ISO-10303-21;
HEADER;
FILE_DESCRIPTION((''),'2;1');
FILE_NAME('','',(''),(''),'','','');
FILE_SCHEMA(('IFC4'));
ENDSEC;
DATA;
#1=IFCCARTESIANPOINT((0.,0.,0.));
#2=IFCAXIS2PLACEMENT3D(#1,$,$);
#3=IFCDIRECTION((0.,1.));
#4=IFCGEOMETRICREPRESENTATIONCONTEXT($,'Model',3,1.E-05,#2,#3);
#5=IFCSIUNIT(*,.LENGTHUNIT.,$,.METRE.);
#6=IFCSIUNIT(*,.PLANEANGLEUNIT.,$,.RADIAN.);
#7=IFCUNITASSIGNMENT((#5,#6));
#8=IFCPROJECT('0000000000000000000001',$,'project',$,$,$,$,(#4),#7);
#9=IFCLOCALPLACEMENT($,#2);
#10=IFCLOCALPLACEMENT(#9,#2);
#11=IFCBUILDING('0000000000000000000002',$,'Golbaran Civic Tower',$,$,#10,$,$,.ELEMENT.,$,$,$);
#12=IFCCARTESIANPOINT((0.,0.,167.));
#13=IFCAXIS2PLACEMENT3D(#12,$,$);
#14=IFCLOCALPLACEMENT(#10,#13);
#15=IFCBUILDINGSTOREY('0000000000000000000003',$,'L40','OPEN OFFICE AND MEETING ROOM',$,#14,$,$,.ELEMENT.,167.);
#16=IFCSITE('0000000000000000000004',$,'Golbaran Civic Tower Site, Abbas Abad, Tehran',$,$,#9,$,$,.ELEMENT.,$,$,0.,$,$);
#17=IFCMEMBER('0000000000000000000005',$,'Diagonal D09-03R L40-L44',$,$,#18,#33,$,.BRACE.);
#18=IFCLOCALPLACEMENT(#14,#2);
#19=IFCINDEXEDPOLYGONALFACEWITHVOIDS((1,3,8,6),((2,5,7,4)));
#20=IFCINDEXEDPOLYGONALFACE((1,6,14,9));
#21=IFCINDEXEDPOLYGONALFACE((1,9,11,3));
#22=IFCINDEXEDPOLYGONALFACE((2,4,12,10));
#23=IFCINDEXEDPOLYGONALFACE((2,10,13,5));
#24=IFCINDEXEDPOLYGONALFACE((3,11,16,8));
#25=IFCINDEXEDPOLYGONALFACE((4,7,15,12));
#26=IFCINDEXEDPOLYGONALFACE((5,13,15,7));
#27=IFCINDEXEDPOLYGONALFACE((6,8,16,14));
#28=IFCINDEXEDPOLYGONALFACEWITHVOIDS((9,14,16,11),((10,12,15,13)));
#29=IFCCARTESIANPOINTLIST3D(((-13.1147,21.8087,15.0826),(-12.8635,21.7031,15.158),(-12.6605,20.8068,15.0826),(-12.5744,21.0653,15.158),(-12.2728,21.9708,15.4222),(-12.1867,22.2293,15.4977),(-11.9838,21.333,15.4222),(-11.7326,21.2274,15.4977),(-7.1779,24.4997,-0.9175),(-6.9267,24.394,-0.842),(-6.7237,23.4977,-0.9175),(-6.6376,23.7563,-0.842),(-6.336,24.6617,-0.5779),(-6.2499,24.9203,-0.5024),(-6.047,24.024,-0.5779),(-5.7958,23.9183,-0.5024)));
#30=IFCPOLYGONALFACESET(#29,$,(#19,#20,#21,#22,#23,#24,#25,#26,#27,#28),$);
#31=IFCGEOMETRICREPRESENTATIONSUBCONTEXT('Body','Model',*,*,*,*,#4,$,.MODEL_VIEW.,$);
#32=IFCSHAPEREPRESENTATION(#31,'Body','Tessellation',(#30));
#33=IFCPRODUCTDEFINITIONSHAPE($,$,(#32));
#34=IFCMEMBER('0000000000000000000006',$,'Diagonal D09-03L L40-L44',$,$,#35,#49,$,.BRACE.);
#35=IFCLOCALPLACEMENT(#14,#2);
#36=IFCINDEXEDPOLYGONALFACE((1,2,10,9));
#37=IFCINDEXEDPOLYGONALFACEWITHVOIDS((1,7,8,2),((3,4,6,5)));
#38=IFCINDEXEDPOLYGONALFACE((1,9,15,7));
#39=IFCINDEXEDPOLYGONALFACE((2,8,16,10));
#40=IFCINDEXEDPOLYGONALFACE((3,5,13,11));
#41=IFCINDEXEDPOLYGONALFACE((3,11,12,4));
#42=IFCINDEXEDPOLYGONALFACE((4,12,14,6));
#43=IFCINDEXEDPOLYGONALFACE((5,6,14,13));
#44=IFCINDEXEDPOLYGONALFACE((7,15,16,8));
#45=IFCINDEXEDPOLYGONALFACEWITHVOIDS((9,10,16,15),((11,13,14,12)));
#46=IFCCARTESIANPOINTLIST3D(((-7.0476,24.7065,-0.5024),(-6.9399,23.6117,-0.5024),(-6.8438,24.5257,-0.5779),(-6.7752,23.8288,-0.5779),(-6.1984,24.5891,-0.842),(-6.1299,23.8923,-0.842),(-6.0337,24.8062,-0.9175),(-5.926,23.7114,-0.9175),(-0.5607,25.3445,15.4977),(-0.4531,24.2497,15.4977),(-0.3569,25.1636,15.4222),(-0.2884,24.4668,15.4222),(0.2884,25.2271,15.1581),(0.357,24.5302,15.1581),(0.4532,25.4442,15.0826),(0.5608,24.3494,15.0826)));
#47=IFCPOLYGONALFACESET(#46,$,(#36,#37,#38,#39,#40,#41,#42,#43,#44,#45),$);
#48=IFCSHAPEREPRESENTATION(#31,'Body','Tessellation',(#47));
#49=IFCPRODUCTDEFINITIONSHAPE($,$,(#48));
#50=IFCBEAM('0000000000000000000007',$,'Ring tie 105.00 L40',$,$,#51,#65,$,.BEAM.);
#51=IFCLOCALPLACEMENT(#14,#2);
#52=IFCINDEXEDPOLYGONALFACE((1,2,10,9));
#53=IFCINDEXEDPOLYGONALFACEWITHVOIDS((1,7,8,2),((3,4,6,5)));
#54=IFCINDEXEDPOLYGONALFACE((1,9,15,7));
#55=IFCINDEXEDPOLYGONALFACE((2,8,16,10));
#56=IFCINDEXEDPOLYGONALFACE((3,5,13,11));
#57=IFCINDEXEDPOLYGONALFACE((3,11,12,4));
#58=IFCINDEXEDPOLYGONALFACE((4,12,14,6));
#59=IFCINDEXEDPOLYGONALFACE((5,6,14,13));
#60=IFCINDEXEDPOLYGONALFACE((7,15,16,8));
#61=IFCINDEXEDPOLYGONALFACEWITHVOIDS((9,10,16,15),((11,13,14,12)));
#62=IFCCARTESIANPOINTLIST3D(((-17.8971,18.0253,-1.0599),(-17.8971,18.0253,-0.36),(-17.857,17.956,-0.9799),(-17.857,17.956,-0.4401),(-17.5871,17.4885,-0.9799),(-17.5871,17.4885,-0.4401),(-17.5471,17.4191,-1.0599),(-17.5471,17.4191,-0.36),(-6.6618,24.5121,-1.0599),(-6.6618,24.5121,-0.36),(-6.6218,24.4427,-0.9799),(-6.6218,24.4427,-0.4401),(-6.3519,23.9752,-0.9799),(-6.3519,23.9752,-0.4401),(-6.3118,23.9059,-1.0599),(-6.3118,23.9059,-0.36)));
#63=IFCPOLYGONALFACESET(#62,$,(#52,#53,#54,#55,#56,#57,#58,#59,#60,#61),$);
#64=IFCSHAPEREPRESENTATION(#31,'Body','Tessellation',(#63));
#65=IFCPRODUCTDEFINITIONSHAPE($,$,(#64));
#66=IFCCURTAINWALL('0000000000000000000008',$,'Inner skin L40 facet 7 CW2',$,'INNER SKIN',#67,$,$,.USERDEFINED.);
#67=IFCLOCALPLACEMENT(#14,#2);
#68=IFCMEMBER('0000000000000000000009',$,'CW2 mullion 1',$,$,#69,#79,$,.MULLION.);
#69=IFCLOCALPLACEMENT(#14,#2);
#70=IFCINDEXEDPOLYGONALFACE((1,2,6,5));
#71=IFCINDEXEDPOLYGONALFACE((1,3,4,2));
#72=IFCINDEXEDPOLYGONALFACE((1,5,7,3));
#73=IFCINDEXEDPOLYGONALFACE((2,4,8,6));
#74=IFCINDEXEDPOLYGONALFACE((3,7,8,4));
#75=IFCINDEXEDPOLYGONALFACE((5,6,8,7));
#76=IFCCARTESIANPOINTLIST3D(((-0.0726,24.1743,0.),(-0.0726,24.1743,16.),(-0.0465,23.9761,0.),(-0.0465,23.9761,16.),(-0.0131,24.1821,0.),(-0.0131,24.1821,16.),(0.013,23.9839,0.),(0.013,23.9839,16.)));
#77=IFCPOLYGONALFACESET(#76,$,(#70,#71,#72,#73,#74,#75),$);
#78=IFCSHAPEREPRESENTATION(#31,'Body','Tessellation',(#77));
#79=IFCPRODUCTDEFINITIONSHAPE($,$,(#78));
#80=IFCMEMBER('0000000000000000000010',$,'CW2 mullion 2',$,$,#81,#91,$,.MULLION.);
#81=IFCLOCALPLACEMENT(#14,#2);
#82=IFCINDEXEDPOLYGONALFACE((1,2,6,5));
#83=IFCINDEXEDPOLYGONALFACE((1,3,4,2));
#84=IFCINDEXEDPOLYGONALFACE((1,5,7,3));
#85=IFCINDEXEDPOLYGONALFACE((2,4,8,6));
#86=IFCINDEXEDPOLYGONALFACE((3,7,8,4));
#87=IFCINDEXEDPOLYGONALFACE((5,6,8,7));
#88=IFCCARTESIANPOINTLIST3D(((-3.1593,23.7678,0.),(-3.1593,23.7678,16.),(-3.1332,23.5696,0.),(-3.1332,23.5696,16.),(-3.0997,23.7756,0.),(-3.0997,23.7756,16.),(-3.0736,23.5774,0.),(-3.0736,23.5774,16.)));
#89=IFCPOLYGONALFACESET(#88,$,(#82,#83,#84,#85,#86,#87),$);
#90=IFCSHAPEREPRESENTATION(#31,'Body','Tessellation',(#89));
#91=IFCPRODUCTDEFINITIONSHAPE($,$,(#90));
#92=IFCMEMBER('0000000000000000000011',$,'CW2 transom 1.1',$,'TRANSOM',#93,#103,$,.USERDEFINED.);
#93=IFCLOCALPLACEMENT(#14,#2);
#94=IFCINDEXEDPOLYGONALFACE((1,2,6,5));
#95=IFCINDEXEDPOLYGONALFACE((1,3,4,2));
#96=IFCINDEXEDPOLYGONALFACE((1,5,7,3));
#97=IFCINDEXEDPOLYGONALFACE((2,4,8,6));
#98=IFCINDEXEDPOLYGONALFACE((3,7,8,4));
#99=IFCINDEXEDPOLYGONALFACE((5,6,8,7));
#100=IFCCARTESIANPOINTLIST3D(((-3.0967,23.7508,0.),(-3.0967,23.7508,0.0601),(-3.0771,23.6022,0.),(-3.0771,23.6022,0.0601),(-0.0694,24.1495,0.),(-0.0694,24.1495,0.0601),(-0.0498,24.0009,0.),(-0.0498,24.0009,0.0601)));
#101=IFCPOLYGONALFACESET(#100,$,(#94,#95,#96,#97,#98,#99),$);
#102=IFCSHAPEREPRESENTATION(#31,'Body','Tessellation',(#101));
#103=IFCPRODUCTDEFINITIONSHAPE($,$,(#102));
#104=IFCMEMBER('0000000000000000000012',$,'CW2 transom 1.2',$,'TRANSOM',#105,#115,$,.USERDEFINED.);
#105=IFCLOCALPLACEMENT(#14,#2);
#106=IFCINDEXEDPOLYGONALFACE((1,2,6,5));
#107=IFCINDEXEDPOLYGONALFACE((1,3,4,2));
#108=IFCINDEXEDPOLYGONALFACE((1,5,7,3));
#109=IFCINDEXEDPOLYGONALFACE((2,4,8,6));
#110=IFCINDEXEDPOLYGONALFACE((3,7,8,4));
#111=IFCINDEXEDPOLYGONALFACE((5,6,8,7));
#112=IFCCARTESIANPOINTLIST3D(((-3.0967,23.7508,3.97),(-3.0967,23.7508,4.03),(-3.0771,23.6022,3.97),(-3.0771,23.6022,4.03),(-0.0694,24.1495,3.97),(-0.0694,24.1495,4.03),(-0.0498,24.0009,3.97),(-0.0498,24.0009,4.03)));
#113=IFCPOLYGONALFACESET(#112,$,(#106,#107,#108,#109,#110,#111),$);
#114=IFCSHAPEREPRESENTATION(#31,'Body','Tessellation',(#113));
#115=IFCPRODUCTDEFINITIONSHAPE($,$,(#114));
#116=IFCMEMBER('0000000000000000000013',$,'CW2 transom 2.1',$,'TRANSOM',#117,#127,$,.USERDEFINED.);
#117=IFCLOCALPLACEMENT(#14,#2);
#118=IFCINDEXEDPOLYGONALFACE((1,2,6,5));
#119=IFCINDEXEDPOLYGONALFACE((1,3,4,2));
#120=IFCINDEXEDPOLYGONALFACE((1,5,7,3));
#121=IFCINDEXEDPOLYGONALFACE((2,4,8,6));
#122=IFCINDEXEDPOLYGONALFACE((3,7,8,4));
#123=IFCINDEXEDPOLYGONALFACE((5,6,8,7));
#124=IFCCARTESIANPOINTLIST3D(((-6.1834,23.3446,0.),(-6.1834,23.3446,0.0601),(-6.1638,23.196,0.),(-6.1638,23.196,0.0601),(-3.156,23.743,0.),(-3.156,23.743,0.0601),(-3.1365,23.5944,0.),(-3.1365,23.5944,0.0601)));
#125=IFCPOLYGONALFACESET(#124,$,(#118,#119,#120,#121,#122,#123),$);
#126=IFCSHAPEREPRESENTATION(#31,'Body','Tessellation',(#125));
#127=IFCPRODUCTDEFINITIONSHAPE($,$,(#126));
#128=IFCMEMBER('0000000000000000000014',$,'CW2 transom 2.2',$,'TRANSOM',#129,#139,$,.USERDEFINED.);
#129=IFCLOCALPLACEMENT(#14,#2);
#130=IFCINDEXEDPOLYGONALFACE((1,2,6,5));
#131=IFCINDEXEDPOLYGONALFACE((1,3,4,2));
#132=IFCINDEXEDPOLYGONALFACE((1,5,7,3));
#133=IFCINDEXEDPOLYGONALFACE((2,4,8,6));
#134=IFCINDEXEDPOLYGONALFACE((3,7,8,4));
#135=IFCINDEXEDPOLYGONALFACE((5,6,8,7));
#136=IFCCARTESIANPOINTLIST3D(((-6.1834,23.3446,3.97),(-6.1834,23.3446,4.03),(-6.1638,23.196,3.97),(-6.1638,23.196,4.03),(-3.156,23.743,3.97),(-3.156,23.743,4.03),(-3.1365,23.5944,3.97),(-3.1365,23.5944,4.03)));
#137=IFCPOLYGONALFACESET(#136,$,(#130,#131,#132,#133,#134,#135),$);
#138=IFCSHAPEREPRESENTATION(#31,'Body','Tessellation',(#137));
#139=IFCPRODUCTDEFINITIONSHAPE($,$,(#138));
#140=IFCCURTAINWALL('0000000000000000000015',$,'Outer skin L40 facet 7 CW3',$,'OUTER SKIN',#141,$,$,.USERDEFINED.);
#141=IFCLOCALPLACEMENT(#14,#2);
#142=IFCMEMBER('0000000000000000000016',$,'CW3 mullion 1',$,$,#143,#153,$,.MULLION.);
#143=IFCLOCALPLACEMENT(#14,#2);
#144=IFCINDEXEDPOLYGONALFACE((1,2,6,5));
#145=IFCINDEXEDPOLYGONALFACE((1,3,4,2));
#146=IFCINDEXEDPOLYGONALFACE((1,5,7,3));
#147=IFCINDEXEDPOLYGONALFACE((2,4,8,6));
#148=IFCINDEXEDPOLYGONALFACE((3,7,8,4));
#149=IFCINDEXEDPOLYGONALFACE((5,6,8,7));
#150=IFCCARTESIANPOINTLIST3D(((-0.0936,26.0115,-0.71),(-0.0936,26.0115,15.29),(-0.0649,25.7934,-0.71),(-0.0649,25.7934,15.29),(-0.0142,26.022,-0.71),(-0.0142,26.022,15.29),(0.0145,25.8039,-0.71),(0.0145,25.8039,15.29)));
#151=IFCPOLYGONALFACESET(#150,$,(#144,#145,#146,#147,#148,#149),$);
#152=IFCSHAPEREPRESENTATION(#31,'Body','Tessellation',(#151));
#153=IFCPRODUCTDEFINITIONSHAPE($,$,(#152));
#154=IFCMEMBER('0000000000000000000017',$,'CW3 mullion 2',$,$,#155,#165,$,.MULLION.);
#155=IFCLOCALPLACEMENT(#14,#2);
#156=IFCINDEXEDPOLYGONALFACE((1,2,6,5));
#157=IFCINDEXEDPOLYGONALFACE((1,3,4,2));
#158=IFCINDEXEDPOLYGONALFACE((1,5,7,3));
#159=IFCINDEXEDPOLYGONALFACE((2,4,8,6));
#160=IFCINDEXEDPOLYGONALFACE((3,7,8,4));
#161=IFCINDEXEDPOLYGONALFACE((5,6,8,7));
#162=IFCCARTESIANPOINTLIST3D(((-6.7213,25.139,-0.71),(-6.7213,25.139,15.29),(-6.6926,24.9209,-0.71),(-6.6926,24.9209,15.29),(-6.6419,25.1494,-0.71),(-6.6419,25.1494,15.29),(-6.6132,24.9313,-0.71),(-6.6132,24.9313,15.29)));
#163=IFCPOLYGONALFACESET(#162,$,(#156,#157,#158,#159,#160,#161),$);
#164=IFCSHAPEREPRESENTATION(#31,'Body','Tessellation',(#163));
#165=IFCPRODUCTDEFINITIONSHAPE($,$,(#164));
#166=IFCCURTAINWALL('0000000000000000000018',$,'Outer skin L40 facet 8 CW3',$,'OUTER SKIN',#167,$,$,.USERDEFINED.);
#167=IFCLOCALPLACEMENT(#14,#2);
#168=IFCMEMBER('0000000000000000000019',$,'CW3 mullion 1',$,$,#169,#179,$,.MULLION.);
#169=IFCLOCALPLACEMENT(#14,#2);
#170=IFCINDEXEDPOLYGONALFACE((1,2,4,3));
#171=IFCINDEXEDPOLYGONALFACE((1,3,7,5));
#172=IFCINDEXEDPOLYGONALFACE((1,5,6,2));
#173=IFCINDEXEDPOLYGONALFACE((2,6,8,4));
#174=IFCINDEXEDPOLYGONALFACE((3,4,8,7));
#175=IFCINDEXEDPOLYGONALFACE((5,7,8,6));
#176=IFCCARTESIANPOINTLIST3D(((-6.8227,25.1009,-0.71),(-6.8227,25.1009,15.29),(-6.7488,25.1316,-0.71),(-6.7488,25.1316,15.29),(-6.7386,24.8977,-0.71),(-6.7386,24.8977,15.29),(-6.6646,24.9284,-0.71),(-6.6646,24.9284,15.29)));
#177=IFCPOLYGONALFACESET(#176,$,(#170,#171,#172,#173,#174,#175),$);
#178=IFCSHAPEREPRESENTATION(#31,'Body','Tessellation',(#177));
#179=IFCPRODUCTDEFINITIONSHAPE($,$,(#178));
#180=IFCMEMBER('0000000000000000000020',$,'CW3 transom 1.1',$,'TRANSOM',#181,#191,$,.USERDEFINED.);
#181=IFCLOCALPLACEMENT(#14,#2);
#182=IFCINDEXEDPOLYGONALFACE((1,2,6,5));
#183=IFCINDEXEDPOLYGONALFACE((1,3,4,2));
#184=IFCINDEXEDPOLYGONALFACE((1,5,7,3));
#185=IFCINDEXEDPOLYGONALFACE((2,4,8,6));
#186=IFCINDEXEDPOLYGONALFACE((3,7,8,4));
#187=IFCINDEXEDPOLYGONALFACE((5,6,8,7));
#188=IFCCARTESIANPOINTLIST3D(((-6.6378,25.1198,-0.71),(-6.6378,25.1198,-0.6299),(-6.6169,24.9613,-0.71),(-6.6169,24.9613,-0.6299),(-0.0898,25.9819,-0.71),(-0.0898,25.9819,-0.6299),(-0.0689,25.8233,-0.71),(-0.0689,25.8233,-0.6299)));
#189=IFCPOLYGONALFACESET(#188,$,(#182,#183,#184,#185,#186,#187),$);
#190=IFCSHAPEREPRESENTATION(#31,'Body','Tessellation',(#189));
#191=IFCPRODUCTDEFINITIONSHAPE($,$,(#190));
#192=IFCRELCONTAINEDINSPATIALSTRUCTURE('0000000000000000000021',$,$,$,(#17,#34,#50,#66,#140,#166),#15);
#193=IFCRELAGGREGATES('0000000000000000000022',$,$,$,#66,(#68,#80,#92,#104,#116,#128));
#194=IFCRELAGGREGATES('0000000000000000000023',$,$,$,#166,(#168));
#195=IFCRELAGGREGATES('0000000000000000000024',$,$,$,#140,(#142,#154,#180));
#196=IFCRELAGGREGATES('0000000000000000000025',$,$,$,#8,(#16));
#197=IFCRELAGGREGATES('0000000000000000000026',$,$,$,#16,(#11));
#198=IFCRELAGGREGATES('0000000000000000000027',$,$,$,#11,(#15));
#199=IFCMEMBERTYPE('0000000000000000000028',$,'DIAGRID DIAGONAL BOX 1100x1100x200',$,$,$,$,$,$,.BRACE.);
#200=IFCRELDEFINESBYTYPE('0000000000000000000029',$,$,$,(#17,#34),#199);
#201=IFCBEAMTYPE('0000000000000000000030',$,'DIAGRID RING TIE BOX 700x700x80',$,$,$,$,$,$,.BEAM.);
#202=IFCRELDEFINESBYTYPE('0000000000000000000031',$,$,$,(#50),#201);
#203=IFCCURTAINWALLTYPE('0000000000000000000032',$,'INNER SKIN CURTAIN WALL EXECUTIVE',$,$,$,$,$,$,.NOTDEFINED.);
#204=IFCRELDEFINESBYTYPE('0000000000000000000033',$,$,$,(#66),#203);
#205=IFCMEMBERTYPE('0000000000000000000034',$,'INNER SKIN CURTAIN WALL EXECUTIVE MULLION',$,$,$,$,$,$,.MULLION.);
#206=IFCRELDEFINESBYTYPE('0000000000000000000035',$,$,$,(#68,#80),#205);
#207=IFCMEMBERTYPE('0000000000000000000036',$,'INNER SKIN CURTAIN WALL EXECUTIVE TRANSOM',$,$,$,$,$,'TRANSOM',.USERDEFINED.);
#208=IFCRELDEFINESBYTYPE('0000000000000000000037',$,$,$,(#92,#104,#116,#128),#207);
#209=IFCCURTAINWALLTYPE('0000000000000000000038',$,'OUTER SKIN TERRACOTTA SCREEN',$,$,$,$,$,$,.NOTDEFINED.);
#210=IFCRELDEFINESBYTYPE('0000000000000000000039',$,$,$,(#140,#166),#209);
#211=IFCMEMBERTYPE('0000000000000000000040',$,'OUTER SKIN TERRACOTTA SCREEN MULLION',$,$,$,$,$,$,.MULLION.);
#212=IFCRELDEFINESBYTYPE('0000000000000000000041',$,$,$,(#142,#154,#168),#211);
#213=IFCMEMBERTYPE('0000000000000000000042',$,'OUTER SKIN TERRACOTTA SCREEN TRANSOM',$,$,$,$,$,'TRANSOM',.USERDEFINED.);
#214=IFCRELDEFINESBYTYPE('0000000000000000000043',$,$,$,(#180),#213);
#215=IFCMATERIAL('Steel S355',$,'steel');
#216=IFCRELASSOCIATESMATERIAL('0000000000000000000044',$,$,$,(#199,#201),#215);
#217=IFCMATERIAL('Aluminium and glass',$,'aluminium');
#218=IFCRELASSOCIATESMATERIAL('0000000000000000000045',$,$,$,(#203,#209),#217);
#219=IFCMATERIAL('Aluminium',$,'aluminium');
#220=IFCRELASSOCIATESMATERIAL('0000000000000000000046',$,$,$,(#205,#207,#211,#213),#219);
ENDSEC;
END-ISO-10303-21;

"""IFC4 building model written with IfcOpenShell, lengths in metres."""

from ifc_helpers import new_model, si_unit, direction, frame, origin, origin_2d, place, context, subcontext, project, spatial, rectangle, hollow_rectangle, extrude, material, material_profile, profile_set, type_object, element, aggregate, save


model = new_model("IFC4")

# Units and contexts
model_context = context("Model", 3, precision=1e-05, world=origin(), true_north=direction((0.0, 1.0)))
body_context = subcontext(model_context, "Body", "Model", "MODEL_VIEW")
ifc_project = project(units=[si_unit("LENGTHUNIT", "METRE"), si_unit("PLANEANGLEUNIT", "RADIAN")], contexts=[model_context])

# Site, building, storey
site_placement = place(None, origin())
site = spatial("IfcSite", under=ifc_project, at=site_placement, Name="Golbaran Civic Tower Site, Abbas Abad, Tehran", CompositionType="ELEMENT", RefElevation=0.0)
building_placement = place(site_placement, origin())
building = spatial("IfcBuilding", under=site, at=building_placement, Name="Golbaran Civic Tower", CompositionType="ELEMENT")
storey_placement = place(building_placement, frame((0.0, 0.0, 167.0)))
storey = spatial("IfcBuildingStorey", under=building, at=storey_placement, Name="L40", Description="OPEN OFFICE AND MEETING ROOM", CompositionType="ELEMENT", Elevation=167.0)

# Members
ifc_material_1 = material(Name="Steel S355", Category="steel")
ifc_material_profile_1 = material_profile(ifc_material_1, hollow_rectangle(XDim=1.1001, YDim=1.1001, WallThickness=0.2, at=origin_2d()), Name="BOX 1100x1100x200")
ifc_profile_set_1 = profile_set([ifc_material_profile_1], Name="Steel S355")
member_type_1 = type_object("IfcMemberType", Name="DIAGRID DIAGONAL BOX 1100x1100x200", PredefinedType="BRACE", material=ifc_profile_set_1)
for number, where, z_axis, x_axis, name in (
    (1, (-6.4868, 24.209, -0.71), (-0.343627, -0.155754, 0.9261), (0.412835, -0.910806, 0.0), "Diagonal D09-03R L40-L44"),
    (2, (-6.4868, 24.209, -0.71), (0.375465, 0.036925, 0.926101), (-0.097872, 0.995199, 0.0), "Diagonal D09-03L L40-L44"),
):
    element("IfcMember", number, at=place(storey_placement, frame(where, z_axis=z_axis, x_axis=x_axis)), inside=storey, type_object=member_type_1, Name=name, PredefinedType="BRACE", context=body_context, shape_type="SweptSolid", body=[
        extrude(hollow_rectangle(XDim=1.1001, YDim=1.1001, WallThickness=0.2, at=origin_2d()), origin(), (0.0, 0.0, 1.0), 17.2769),
    ])

# Beam
ifc_material_profile_2 = material_profile(ifc_material_1, hollow_rectangle(XDim=0.7, YDim=0.7, WallThickness=0.0801, at=origin_2d()), Name="BOX 700x700x80")
ifc_profile_set_2 = profile_set([ifc_material_profile_2], Name="Steel S355")
beam_type = type_object("IfcBeamType", Name="DIAGRID RING TIE BOX 700x700x80", PredefinedType="BEAM", material=ifc_profile_set_2)
beam_placement = place(storey_placement, frame((-6.4868, 24.209, -0.71), z_axis=(-0.866023, -0.500005, 0.0), x_axis=(0.500005, -0.866023, 0.0)))
element("IfcBeam", 3, at=beam_placement, inside=storey, type_object=beam_type, Name="Ring tie 105.00 L40", PredefinedType="BEAM", context=body_context, shape_type="SweptSolid", body=[
    extrude(hollow_rectangle(XDim=0.7, YDim=0.7, WallThickness=0.0801, at=origin_2d()), origin(), (0.0, 0.0, 1.0), 12.9734),
])

# Curtain walls, members
ifc_material_2 = material(Name="Aluminium and glass", Category="aluminium")
curtain_wall_type_1 = type_object("IfcCurtainWallType", Name="INNER SKIN CURTAIN WALL EXECUTIVE", PredefinedType="NOTDEFINED", material=ifc_material_2)
curtain_wall_1_placement = place(storey_placement, origin())
curtain_wall_1 = element("IfcCurtainWall", 4, at=curtain_wall_1_placement, inside=storey, type_object=curtain_wall_type_1, Name="Inner skin L40 facet 7 CW2", ObjectType="INNER SKIN", PredefinedType="USERDEFINED")
ifc_material_3 = material(Name="Aluminium", Category="aluminium")
ifc_material_profile_3 = material_profile(ifc_material_3, rectangle(XDim=0.2, YDim=0.0601, at=origin_2d()), Name="INNER SKIN CURTAIN WALL EXECUTIVE MULLION")
ifc_profile_set_3 = profile_set([ifc_material_profile_3], Name="Aluminium")
member_type_2 = type_object("IfcMemberType", Name="INNER SKIN CURTAIN WALL EXECUTIVE MULLION", PredefinedType="MULLION", material=ifc_profile_set_3)
member_1_placement = place(storey_placement, frame((-0.0298, 24.0791, 0.0), z_axis=(0.0, 0.0, 1.0), x_axis=(0.130526, -0.991445, 0.0)))
member_1 = element("IfcMember", 5, at=member_1_placement, type_object=member_type_2, Name="CW2 mullion 1", PredefinedType="MULLION", context=body_context, shape_type="SweptSolid", body=[
    extrude(rectangle(XDim=0.2, YDim=0.0601, at=origin_2d()), origin(), (0.0, 0.0, 1.0), 16.0),
])
member_2_placement = place(storey_placement, frame((-3.1165, 23.6726, 0.0), z_axis=(0.0, 0.0, 1.0), x_axis=(0.130526, -0.991445, 0.0)))
member_2 = element("IfcMember", 6, at=member_2_placement, type_object=member_type_2, Name="CW2 mullion 2", PredefinedType="MULLION", context=body_context, shape_type="SweptSolid", body=[
    extrude(rectangle(XDim=0.2, YDim=0.0601, at=origin_2d()), origin(), (0.0, 0.0, 1.0), 16.0),
])
ifc_material_profile_4 = material_profile(ifc_material_3, rectangle(XDim=0.1499, YDim=0.0601, at=origin_2d()), Name="INNER SKIN CURTAIN WALL EXECUTIVE TRANSOM")
ifc_profile_set_4 = profile_set([ifc_material_profile_4], Name="Aluminium")
member_type_3 = type_object("IfcMemberType", Name="INNER SKIN CURTAIN WALL EXECUTIVE TRANSOM", ElementType="TRANSOM", PredefinedType="USERDEFINED", material=ifc_profile_set_4)
member_3_placement = place(storey_placement, frame((-0.0596, 24.0752, 0.03), z_axis=(-0.99144, -0.130566, 0.0), x_axis=(0.130566, -0.99144, 0.0)))
member_3 = element("IfcMember", 7, at=member_3_placement, type_object=member_type_3, Name="CW2 transom 1.1", ObjectType="TRANSOM", PredefinedType="USERDEFINED", context=body_context, shape_type="SweptSolid", body=[
    extrude(rectangle(XDim=0.1499, YDim=0.0601, at=origin_2d()), origin(), (0.0, 0.0, 1.0), 3.0535),
])
member_4_placement = place(storey_placement, frame((-0.0596, 24.0752, 4.0), z_axis=(-0.99144, -0.130566, 0.0), x_axis=(0.130566, -0.99144, 0.0)))
member_4 = element("IfcMember", 8, at=member_4_placement, type_object=member_type_3, Name="CW2 transom 1.2", ObjectType="TRANSOM", PredefinedType="USERDEFINED", context=body_context, shape_type="SweptSolid", body=[
    extrude(rectangle(XDim=0.1499, YDim=0.0601, at=origin_2d()), origin(), (0.0, 0.0, 1.0), 3.0535),
])
member_5_placement = place(storey_placement, frame((-3.1462, 23.6687, 0.03), z_axis=(-0.99145, -0.130488, 0.0), x_axis=(0.130488, -0.99145, 0.0)))
member_5 = element("IfcMember", 9, at=member_5_placement, type_object=member_type_3, Name="CW2 transom 2.1", ObjectType="TRANSOM", PredefinedType="USERDEFINED", context=body_context, shape_type="SweptSolid", body=[
    extrude(rectangle(XDim=0.1499, YDim=0.0601, at=origin_2d()), origin(), (0.0, 0.0, 1.0), 3.0535),
])
member_6_placement = place(storey_placement, frame((-3.1462, 23.6687, 4.0), z_axis=(-0.99145, -0.130488, 0.0), x_axis=(0.130488, -0.99145, 0.0)))
member_6 = element("IfcMember", 10, at=member_6_placement, type_object=member_type_3, Name="CW2 transom 2.2", ObjectType="TRANSOM", PredefinedType="USERDEFINED", context=body_context, shape_type="SweptSolid", body=[
    extrude(rectangle(XDim=0.1499, YDim=0.0601, at=origin_2d()), origin(), (0.0, 0.0, 1.0), 3.0535),
])
curtain_wall_type_2 = type_object("IfcCurtainWallType", Name="OUTER SKIN TERRACOTTA SCREEN", PredefinedType="NOTDEFINED", material=ifc_material_2)
curtain_wall_2_placement = place(storey_placement, origin())
curtain_wall_2 = element("IfcCurtainWall", 11, at=curtain_wall_2_placement, inside=storey, type_object=curtain_wall_type_2, Name="Outer skin L40 facet 7 CW3", ObjectType="OUTER SKIN", PredefinedType="USERDEFINED")
ifc_material_profile_5 = material_profile(ifc_material_3, rectangle(XDim=0.22, YDim=0.0801, at=origin_2d()), Name="OUTER SKIN TERRACOTTA SCREEN MULLION")
ifc_profile_set_5 = profile_set([ifc_material_profile_5], Name="Aluminium")
member_type_4 = type_object("IfcMemberType", Name="OUTER SKIN TERRACOTTA SCREEN MULLION", PredefinedType="MULLION", material=ifc_profile_set_5)
member_7_placement = place(storey_placement, frame((-0.0396, 25.9077, -0.71), z_axis=(0.0, 0.0, 1.0), x_axis=(0.130526, -0.991445, 0.0)))
member_7 = element("IfcMember", 12, at=member_7_placement, type_object=member_type_4, Name="CW3 mullion 1", PredefinedType="MULLION", context=body_context, shape_type="SweptSolid", body=[
    extrude(rectangle(XDim=0.22, YDim=0.0801, at=origin_2d()), origin(), (0.0, 0.0, 1.0), 16.0),
])
member_8_placement = place(storey_placement, frame((-6.6672, 25.0352, -0.71), z_axis=(0.0, 0.0, 1.0), x_axis=(0.130526, -0.991445, 0.0)))
member_8 = element("IfcMember", 13, at=member_8_placement, type_object=member_type_4, Name="CW3 mullion 2", PredefinedType="MULLION", context=body_context, shape_type="SweptSolid", body=[
    extrude(rectangle(XDim=0.22, YDim=0.0801, at=origin_2d()), origin(), (0.0, 0.0, 1.0), 16.0),
])

# Curtain wall, member
curtain_wall_3_placement = place(storey_placement, origin())
curtain_wall_3 = element("IfcCurtainWall", 14, at=curtain_wall_3_placement, inside=storey, type_object=curtain_wall_type_2, Name="Outer skin L40 facet 8 CW3", ObjectType="OUTER SKIN", PredefinedType="USERDEFINED")
member_9_placement = place(storey_placement, frame((-6.7437, 25.0146, -0.71), z_axis=(0.0, 0.0, 1.0), x_axis=(0.382683, -0.92388, 0.0)))
member_9 = element("IfcMember", 15, at=member_9_placement, type_object=member_type_4, Name="CW3 mullion 1", PredefinedType="MULLION", context=body_context, shape_type="SweptSolid", body=[
    extrude(rectangle(XDim=0.22, YDim=0.0801, at=origin_2d()), origin(), (0.0, 0.0, 1.0), 16.0),
])

# Member
ifc_material_profile_6 = material_profile(ifc_material_3, rectangle(XDim=0.1599, YDim=0.0801, at=origin_2d()), Name="OUTER SKIN TERRACOTTA SCREEN TRANSOM")
ifc_profile_set_6 = profile_set([ifc_material_profile_6], Name="Aluminium")
member_type_5 = type_object("IfcMemberType", Name="OUTER SKIN TERRACOTTA SCREEN TRANSOM", ElementType="TRANSOM", PredefinedType="USERDEFINED", material=ifc_profile_set_6)
member_10_placement = place(storey_placement, frame((-0.0793, 25.9026, -0.6699), z_axis=(-0.991445, -0.130524, 0.0), x_axis=(0.130524, -0.991445, 0.0)))
member_10 = element("IfcMember", 16, at=member_10_placement, type_object=member_type_5, Name="CW3 transom 1.1", ObjectType="TRANSOM", PredefinedType="USERDEFINED", context=body_context, shape_type="SweptSolid", body=[
    extrude(rectangle(XDim=0.1599, YDim=0.0801, at=origin_2d()), origin(), (0.0, 0.0, 1.0), 6.6045),
])

aggregate(curtain_wall_1, [member_1, member_2, member_3, member_4, member_5, member_6])
aggregate(curtain_wall_3, [member_9])
aggregate(curtain_wall_2, [member_7, member_8, member_10])

save(model, "model.ifc")
